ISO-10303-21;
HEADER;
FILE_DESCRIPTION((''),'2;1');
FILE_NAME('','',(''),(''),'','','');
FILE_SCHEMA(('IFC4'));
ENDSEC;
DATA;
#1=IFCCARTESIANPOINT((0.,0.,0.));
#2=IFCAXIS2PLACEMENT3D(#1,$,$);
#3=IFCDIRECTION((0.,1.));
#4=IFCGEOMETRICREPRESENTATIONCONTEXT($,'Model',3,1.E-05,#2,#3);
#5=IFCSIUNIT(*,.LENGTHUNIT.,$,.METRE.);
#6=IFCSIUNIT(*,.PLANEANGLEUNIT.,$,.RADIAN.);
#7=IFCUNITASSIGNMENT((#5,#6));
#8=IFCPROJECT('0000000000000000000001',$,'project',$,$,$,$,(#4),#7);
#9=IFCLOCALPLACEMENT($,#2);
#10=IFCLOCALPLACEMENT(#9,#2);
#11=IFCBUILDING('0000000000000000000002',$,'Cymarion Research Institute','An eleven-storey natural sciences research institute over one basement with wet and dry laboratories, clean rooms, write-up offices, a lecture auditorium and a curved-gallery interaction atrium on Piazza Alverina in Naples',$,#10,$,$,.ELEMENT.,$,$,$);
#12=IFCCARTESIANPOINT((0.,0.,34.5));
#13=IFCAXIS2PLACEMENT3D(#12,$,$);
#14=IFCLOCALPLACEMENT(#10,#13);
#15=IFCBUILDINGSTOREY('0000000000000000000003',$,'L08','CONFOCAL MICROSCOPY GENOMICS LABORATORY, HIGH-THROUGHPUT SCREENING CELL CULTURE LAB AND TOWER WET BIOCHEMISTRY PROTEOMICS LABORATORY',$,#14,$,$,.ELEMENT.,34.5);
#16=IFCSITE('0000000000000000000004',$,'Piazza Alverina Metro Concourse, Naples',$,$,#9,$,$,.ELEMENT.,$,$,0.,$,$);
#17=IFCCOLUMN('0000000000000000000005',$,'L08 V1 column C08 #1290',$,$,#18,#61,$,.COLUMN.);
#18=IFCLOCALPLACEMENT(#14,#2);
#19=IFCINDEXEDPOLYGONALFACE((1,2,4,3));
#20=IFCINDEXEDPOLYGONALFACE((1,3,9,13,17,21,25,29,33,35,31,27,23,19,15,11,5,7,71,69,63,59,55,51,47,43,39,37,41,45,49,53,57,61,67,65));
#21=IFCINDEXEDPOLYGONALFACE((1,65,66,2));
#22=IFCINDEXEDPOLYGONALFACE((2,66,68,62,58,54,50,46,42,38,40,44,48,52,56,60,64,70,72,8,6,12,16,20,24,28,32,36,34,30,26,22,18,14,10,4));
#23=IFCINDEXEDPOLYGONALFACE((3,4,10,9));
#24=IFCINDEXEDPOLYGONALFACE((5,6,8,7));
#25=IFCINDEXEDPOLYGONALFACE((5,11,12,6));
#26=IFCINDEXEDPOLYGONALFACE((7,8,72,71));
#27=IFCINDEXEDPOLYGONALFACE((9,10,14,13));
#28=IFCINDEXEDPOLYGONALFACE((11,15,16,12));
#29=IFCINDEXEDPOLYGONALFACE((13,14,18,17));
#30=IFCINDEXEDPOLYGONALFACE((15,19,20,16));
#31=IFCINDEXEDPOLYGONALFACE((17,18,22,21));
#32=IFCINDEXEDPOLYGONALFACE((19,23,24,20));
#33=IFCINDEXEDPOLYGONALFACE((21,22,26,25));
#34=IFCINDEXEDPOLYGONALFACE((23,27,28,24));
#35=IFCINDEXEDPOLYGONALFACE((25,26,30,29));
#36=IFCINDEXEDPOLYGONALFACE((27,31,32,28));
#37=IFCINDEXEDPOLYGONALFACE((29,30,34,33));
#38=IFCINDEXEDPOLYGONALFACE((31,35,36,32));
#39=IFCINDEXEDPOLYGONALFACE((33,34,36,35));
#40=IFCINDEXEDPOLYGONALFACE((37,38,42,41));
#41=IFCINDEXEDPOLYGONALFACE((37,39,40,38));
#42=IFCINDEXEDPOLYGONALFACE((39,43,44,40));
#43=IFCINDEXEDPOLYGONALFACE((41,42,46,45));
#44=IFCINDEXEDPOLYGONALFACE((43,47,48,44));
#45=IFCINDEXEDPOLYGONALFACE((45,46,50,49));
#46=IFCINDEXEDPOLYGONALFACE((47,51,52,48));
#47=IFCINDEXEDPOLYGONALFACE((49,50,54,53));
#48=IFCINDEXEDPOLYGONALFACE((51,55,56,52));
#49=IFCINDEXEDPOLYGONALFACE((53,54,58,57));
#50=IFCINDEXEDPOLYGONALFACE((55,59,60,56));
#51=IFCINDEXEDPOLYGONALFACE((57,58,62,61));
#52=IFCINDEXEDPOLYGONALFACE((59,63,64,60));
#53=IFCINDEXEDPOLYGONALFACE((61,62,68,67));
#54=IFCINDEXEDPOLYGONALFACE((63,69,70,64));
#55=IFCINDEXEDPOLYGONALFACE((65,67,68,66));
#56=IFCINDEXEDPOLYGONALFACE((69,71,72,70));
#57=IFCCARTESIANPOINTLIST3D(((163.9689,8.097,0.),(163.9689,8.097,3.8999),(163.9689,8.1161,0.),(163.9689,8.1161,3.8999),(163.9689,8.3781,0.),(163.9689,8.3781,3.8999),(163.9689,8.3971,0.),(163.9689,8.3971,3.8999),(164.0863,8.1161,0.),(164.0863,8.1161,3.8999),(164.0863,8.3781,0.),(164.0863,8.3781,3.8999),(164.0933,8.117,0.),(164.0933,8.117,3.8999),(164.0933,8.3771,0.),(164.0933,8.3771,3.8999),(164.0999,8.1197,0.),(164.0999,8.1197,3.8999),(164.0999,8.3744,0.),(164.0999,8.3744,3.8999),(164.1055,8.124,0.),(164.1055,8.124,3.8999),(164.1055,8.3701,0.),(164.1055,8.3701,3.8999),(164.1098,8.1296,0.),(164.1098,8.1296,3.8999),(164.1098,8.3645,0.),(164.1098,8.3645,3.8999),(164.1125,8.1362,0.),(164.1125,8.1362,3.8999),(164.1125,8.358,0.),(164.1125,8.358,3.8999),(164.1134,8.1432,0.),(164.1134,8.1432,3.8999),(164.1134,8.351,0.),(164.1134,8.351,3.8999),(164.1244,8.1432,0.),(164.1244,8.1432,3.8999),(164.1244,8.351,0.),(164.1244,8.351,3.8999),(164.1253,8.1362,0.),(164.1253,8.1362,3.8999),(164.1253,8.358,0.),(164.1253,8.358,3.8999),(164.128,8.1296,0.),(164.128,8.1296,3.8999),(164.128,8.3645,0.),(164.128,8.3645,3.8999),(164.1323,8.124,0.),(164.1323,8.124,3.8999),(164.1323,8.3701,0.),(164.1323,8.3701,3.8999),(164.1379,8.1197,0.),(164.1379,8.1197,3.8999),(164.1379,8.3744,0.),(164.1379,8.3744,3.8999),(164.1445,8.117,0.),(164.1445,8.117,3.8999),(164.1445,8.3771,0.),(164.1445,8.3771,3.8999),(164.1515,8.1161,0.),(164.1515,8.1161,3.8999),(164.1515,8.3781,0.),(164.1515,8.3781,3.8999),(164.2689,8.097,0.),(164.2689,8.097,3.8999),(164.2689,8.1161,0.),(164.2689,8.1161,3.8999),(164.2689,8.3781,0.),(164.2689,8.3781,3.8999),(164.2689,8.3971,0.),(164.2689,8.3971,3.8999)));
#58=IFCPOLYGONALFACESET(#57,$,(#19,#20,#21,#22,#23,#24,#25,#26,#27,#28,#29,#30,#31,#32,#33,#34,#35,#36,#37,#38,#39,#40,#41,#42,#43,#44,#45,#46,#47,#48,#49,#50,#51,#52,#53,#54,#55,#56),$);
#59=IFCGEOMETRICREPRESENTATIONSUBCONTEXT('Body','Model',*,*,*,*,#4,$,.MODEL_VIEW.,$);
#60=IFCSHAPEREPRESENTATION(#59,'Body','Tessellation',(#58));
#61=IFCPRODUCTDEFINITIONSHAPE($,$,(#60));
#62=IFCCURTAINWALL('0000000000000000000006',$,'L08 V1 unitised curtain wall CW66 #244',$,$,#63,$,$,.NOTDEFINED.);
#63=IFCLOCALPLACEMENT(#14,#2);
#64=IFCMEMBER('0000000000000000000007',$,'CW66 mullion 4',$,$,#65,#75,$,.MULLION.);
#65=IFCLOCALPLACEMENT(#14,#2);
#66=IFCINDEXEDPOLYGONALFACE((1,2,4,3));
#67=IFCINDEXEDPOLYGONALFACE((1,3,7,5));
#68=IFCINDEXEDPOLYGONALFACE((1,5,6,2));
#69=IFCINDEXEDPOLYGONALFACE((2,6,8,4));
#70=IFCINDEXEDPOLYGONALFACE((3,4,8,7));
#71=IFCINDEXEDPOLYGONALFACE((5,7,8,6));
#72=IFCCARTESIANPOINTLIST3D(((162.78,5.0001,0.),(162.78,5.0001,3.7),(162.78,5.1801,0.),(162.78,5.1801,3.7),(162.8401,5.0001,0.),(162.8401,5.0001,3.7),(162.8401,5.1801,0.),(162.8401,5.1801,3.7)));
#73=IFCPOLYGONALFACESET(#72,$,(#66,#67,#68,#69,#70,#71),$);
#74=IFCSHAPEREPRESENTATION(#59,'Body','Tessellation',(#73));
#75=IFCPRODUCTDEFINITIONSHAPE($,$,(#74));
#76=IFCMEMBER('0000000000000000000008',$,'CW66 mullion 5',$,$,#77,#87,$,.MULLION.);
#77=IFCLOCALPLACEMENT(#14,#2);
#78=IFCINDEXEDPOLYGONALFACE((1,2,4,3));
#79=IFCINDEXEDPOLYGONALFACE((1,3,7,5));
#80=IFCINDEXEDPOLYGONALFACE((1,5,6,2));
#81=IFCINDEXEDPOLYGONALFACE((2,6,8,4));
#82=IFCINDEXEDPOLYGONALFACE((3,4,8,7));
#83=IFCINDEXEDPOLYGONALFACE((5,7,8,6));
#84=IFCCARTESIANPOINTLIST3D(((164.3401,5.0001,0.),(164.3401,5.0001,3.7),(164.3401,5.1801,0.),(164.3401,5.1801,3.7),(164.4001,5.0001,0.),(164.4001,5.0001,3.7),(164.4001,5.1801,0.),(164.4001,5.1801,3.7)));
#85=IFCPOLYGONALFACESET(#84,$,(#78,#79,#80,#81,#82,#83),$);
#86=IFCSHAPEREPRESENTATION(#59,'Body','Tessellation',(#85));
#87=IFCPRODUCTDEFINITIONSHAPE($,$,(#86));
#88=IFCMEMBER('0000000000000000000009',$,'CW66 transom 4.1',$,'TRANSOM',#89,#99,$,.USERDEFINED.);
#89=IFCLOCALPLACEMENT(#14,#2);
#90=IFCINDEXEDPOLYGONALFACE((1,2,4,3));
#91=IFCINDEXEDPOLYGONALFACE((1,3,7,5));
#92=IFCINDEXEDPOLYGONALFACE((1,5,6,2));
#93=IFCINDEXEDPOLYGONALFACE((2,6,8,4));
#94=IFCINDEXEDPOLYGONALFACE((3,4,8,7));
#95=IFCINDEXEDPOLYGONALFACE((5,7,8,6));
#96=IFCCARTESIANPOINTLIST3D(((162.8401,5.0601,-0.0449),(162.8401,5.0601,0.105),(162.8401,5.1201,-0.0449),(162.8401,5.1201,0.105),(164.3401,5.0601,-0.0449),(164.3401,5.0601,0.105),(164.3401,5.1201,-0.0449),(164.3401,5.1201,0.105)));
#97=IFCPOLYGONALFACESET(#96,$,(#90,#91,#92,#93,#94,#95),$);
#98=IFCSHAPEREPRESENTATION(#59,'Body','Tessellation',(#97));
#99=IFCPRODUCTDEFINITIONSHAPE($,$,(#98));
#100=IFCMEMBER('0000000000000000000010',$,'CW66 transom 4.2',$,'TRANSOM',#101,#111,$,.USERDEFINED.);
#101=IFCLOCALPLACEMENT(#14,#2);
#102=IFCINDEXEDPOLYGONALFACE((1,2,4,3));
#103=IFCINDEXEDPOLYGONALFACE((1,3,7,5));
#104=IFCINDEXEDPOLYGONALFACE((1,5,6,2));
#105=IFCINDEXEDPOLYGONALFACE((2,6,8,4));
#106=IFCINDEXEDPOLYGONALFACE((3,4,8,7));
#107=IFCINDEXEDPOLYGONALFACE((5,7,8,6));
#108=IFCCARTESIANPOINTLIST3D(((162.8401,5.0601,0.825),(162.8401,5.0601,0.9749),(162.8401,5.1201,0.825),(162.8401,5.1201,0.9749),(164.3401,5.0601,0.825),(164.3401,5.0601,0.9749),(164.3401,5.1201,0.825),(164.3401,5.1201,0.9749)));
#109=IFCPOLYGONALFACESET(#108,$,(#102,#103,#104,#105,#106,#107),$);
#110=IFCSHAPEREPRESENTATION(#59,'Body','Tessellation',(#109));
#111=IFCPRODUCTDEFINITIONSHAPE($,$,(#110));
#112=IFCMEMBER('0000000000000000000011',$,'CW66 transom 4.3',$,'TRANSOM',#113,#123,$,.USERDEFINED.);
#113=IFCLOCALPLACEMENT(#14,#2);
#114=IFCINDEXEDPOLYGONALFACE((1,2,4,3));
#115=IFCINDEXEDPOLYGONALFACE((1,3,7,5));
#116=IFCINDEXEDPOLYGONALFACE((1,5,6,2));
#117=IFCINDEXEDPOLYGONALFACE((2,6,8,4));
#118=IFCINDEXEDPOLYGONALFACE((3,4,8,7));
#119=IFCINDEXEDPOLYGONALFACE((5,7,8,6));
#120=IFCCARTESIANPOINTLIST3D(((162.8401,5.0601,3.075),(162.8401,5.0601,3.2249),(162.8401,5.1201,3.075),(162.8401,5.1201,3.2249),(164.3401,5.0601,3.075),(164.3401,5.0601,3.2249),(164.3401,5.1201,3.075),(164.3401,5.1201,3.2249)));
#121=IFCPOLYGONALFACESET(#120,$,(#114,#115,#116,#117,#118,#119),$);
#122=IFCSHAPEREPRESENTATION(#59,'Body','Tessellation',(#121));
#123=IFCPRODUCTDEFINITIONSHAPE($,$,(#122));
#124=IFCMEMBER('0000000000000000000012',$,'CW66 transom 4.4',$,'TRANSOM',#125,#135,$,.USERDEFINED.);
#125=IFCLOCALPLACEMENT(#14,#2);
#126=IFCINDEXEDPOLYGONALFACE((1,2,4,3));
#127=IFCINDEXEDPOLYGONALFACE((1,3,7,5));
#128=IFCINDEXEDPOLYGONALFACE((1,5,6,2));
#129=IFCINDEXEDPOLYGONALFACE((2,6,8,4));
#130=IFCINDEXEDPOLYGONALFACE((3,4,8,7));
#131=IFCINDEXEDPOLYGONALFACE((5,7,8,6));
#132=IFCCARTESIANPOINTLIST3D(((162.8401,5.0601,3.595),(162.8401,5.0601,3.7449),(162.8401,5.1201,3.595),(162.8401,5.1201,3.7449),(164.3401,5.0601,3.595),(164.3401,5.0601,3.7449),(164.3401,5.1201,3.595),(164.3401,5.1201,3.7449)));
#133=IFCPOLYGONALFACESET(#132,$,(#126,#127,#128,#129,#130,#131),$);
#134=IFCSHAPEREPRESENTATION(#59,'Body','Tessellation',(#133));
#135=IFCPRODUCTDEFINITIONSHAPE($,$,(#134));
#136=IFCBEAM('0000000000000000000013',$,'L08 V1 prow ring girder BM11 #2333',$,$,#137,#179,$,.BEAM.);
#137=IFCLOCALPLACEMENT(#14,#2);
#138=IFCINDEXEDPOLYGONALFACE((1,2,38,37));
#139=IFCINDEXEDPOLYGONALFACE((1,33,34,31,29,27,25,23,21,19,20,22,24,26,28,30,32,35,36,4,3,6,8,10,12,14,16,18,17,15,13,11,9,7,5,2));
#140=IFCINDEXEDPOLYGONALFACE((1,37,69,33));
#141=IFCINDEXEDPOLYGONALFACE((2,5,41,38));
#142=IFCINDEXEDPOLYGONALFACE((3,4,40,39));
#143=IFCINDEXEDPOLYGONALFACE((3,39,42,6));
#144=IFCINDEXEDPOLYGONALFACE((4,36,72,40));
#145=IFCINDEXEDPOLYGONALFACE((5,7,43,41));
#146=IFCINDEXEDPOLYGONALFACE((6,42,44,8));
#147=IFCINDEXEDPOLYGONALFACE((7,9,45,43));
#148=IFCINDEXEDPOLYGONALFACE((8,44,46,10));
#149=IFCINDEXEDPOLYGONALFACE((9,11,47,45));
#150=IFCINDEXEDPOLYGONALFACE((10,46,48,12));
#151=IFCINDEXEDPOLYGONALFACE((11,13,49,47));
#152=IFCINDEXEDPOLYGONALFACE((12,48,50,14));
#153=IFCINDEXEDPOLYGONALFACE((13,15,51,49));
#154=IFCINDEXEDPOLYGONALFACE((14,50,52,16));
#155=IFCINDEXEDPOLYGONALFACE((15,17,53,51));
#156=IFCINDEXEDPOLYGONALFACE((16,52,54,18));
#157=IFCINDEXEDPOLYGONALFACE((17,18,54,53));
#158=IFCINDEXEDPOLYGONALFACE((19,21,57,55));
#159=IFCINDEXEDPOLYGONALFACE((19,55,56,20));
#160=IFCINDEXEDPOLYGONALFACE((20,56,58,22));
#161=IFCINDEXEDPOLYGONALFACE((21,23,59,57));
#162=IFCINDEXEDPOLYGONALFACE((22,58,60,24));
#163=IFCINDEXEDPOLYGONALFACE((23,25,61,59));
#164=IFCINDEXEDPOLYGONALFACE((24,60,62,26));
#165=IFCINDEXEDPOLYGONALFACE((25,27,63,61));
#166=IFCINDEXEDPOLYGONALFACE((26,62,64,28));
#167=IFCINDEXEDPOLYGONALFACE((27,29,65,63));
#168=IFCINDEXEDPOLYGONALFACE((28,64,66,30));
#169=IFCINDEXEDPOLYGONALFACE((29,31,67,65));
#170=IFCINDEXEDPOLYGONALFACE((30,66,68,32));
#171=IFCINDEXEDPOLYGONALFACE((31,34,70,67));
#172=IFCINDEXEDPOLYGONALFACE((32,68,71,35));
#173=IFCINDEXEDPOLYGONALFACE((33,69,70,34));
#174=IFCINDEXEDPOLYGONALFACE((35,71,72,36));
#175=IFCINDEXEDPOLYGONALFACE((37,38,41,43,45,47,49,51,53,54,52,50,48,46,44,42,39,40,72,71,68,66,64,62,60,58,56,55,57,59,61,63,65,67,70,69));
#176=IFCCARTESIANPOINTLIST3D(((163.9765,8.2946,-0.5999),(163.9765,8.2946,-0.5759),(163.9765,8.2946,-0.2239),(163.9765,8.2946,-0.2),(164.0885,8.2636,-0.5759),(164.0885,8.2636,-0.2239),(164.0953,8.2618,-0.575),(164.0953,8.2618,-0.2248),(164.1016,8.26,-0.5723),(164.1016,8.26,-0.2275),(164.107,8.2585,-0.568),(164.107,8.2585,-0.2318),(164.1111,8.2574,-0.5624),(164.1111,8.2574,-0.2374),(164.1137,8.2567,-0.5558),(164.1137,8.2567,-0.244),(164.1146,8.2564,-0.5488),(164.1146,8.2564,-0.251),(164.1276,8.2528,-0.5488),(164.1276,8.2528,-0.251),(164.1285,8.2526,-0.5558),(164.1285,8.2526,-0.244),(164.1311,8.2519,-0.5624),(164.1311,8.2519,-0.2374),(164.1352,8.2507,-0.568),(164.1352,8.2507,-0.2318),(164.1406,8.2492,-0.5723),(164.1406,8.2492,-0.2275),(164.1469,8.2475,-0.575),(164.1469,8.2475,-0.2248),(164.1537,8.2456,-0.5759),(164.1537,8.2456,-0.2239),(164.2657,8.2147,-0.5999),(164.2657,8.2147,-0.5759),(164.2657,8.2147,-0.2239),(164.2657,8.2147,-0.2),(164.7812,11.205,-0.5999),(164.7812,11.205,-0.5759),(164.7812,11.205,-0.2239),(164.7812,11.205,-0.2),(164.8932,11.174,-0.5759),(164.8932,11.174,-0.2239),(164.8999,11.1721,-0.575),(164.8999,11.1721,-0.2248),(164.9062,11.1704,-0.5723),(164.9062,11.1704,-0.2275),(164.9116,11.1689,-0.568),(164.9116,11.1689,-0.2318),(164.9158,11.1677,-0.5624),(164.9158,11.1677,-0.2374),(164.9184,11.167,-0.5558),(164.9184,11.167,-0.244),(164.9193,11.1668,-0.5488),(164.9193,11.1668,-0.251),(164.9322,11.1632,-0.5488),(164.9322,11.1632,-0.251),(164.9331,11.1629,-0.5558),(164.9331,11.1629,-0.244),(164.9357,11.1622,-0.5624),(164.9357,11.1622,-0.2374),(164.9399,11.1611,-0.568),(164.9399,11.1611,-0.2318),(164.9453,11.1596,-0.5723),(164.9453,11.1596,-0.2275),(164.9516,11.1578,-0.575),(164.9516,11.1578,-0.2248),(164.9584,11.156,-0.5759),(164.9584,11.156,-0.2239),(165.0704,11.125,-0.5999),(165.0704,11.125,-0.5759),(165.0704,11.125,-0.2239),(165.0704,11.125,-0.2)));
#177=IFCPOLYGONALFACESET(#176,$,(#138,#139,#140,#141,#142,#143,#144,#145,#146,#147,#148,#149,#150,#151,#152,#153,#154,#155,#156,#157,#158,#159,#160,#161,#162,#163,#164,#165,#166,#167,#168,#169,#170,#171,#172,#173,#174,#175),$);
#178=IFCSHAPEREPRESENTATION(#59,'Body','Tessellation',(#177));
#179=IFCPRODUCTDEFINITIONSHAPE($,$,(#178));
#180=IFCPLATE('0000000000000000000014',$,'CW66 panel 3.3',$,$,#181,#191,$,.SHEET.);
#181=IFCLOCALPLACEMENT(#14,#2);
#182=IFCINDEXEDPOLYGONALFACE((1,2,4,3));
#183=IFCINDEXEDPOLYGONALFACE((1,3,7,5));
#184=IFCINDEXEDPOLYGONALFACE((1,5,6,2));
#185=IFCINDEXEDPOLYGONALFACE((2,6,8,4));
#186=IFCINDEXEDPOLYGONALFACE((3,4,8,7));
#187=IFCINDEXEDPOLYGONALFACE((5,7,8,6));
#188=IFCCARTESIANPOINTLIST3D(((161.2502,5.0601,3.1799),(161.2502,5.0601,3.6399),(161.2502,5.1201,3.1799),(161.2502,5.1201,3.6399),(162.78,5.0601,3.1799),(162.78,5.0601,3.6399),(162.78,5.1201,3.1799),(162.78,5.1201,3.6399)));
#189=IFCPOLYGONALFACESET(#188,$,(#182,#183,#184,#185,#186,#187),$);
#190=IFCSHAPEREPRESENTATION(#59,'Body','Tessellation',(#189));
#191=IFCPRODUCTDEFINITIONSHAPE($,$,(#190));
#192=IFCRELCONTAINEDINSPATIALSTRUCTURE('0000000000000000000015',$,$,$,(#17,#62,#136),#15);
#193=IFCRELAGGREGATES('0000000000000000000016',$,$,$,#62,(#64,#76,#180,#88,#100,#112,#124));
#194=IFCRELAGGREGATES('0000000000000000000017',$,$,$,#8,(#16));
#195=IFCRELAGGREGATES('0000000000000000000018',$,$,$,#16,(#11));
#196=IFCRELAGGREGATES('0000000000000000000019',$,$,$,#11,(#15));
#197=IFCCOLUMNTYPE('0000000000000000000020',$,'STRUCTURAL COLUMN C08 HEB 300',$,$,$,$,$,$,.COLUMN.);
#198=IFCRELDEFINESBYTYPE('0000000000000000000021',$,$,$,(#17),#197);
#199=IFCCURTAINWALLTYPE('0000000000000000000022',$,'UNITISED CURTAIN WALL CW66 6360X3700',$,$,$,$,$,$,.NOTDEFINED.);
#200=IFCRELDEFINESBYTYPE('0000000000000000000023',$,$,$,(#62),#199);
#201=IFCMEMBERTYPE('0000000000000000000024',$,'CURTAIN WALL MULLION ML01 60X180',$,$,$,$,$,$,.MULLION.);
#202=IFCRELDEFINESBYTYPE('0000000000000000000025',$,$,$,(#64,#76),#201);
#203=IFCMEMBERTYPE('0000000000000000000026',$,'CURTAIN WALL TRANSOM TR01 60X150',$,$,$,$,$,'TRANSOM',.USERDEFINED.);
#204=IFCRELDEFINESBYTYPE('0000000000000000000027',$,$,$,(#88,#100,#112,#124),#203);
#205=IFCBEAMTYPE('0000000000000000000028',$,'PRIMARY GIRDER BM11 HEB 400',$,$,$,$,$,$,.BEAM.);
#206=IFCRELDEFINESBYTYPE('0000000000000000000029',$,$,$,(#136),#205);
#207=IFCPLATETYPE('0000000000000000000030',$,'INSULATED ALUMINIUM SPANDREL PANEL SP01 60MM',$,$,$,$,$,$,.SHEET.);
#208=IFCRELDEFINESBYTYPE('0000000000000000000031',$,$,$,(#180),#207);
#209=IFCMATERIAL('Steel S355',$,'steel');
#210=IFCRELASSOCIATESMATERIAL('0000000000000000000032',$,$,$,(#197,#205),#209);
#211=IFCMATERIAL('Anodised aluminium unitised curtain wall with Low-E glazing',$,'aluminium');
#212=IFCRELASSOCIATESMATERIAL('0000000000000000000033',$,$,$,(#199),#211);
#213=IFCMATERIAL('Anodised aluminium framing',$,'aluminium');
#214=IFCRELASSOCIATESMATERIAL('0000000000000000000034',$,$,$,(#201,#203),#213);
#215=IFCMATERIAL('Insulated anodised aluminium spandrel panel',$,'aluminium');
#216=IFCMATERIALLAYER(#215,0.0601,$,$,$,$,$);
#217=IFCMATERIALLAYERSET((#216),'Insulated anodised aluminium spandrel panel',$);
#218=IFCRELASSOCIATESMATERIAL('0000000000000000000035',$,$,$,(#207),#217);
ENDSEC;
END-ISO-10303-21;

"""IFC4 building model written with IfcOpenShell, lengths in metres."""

from ifc_helpers import new_model, si_unit, direction, frame, origin, origin_2d, place, context, subcontext, project, spatial, rectangle, i_section, extrude, material, layer, layer_set, material_profile, profile_set, type_object, element, aggregate, save


model = new_model("IFC4")

# Units and contexts
model_context = context("Model", 3, precision=1e-05, world=origin(), true_north=direction((0.0, 1.0)))
body_context = subcontext(model_context, "Body", "Model", "MODEL_VIEW")
ifc_project = project(units=[si_unit("LENGTHUNIT", "METRE"), si_unit("PLANEANGLEUNIT", "RADIAN")], contexts=[model_context])

# Site, building, storey
site_placement = place(None, origin())
site = spatial("IfcSite", under=ifc_project, at=site_placement, Name="Piazza Alverina Metro Concourse, Naples", CompositionType="ELEMENT", RefElevation=0.0)
building_placement = place(site_placement, origin())
building = spatial("IfcBuilding", under=site, at=building_placement, Name="Cymarion Research Institute", Description="An eleven-storey natural sciences research institute over one basement with wet and dry laboratories, clean rooms, write-up offices, a lecture auditorium and a curved-gallery interaction atrium on Piazza Alverina in Naples", CompositionType="ELEMENT")
storey_placement = place(building_placement, frame((0.0, 0.0, 34.5)))
storey = spatial("IfcBuildingStorey", under=building, at=storey_placement, Name="L08", Description="CONFOCAL MICROSCOPY GENOMICS LABORATORY, HIGH-THROUGHPUT SCREENING CELL CULTURE LAB AND TOWER WET BIOCHEMISTRY PROTEOMICS LABORATORY", CompositionType="ELEMENT", Elevation=34.5)

# Column
ifc_material_1 = material(Name="Steel S355", Category="steel")
ifc_material_profile_1 = material_profile(ifc_material_1, i_section(OverallWidth=0.3, OverallDepth=0.3, WebThickness=0.011, FlangeThickness=0.019, FilletRadius=0.0271, at=origin_2d()), Name="HEB 300")
ifc_profile_set_1 = profile_set([ifc_material_profile_1], Name="Steel S355")
column_type = type_object("IfcColumnType", Name="STRUCTURAL COLUMN C08 HEB 300", PredefinedType="COLUMN", material=ifc_profile_set_1)
column_placement = place(storey_placement, frame((164.1189, 8.2471, 0.0), z_axis=(0.0, 0.0, 1.0), x_axis=(1.0, 0.0, 0.0)))
element("IfcColumn", 1, at=column_placement, inside=storey, type_object=column_type, Name="L08 V1 column C08 #1290", PredefinedType="COLUMN", context=body_context, shape_type="SweptSolid", body=[
    extrude(i_section(OverallWidth=0.3, OverallDepth=0.3, WebThickness=0.011, FlangeThickness=0.019, FilletRadius=0.0271, at=origin_2d()), origin(), (0.0, 0.0, 1.0), 3.8999),
])

# Curtain wall, members
ifc_material_2 = material(Name="Anodised aluminium unitised curtain wall with Low-E glazing", Category="aluminium")
curtain_wall_type = type_object("IfcCurtainWallType", Name="UNITISED CURTAIN WALL CW66 6360X3700", PredefinedType="NOTDEFINED", material=ifc_material_2)
curtain_wall_placement = place(storey_placement, origin())
curtain_wall = element("IfcCurtainWall", 2, at=curtain_wall_placement, inside=storey, type_object=curtain_wall_type, Name="L08 V1 unitised curtain wall CW66 #244", PredefinedType="NOTDEFINED")
ifc_material_3 = material(Name="Anodised aluminium framing", Category="aluminium")
ifc_material_profile_2 = material_profile(ifc_material_3, rectangle(XDim=0.0601, YDim=0.1799, at=origin_2d()), Name="ALU MULLION 60x180")
ifc_profile_set_2 = profile_set([ifc_material_profile_2], Name="Anodised aluminium framing")
member_type_1 = type_object("IfcMemberType", Name="CURTAIN WALL MULLION ML01 60X180", PredefinedType="MULLION", material=ifc_profile_set_2)
member_1_placement = place(storey_placement, frame((162.8101, 5.0901, 0.0), z_axis=(0.0, 0.0, 1.0), x_axis=(1.0, 0.0, 0.0)))
member_1 = element("IfcMember", 3, at=member_1_placement, type_object=member_type_1, Name="CW66 mullion 4", PredefinedType="MULLION", context=body_context, shape_type="SweptSolid", body=[
    extrude(rectangle(XDim=0.0601, YDim=0.1799, at=origin_2d()), origin(), (0.0, 0.0, 1.0), 3.7),
])
member_2_placement = place(storey_placement, frame((164.3701, 5.0901, 0.0), z_axis=(0.0, 0.0, 1.0), x_axis=(1.0, 0.0, 0.0)))
member_2 = element("IfcMember", 4, at=member_2_placement, type_object=member_type_1, Name="CW66 mullion 5", PredefinedType="MULLION", context=body_context, shape_type="SweptSolid", body=[
    extrude(rectangle(XDim=0.0601, YDim=0.1799, at=origin_2d()), origin(), (0.0, 0.0, 1.0), 3.7),
])
ifc_material_profile_3 = material_profile(ifc_material_3, rectangle(XDim=0.0601, YDim=0.1499, at=origin_2d()), Name="ALU TRANSOM 60x150")
ifc_profile_set_3 = profile_set([ifc_material_profile_3], Name="Anodised aluminium framing")
member_type_2 = type_object("IfcMemberType", Name="CURTAIN WALL TRANSOM TR01 60X150", ElementType="TRANSOM", PredefinedType="USERDEFINED", material=ifc_profile_set_3)
member_3_placement = place(storey_placement, frame((162.8401, 5.0901, 0.03), z_axis=(1.0, 0.0, 0.0), x_axis=(0.0, 1.0, 0.0)))
member_3 = element("IfcMember", 5, at=member_3_placement, type_object=member_type_2, Name="CW66 transom 4.1", ObjectType="TRANSOM", PredefinedType="USERDEFINED", context=body_context, shape_type="SweptSolid", body=[
    extrude(rectangle(XDim=0.0601, YDim=0.1499, at=origin_2d()), origin(), (0.0, 0.0, 1.0), 1.5),
])
member_4_placement = place(storey_placement, frame((162.8401, 5.0901, 0.8999), z_axis=(1.0, 0.0, 0.0), x_axis=(0.0, 1.0, 0.0)))
member_4 = element("IfcMember", 6, at=member_4_placement, type_object=member_type_2, Name="CW66 transom 4.2", ObjectType="TRANSOM", PredefinedType="USERDEFINED", context=body_context, shape_type="SweptSolid", body=[
    extrude(rectangle(XDim=0.0601, YDim=0.1499, at=origin_2d()), origin(), (0.0, 0.0, 1.0), 1.5),
])
member_5_placement = place(storey_placement, frame((162.8401, 5.0901, 3.1499), z_axis=(1.0, 0.0, 0.0), x_axis=(0.0, 1.0, 0.0)))
member_5 = element("IfcMember", 7, at=member_5_placement, type_object=member_type_2, Name="CW66 transom 4.3", ObjectType="TRANSOM", PredefinedType="USERDEFINED", context=body_context, shape_type="SweptSolid", body=[
    extrude(rectangle(XDim=0.0601, YDim=0.1499, at=origin_2d()), origin(), (0.0, 0.0, 1.0), 1.5),
])
member_6_placement = place(storey_placement, frame((162.8401, 5.0901, 3.6699), z_axis=(1.0, 0.0, 0.0), x_axis=(0.0, 1.0, 0.0)))
member_6 = element("IfcMember", 8, at=member_6_placement, type_object=member_type_2, Name="CW66 transom 4.4", ObjectType="TRANSOM", PredefinedType="USERDEFINED", context=body_context, shape_type="SweptSolid", body=[
    extrude(rectangle(XDim=0.0601, YDim=0.1499, at=origin_2d()), origin(), (0.0, 0.0, 1.0), 1.5),
])

# Beam
ifc_material_profile_4 = material_profile(ifc_material_1, i_section(OverallWidth=0.3, OverallDepth=0.3999, WebThickness=0.0134, FlangeThickness=0.0239, FilletRadius=0.0271, at=origin_2d()), Name="HEB 400")
ifc_profile_set_4 = profile_set([ifc_material_profile_4], Name="Steel S355")
beam_type = type_object("IfcBeamType", Name="PRIMARY GIRDER BM11 HEB 400", PredefinedType="BEAM", material=ifc_profile_set_4)
beam_placement = place(storey_placement, frame((164.1211, 8.2546, -0.3999), z_axis=(0.266489, 0.963838, 0.0), x_axis=(-0.963838, 0.266489, 0.0)))
element("IfcBeam", 9, at=beam_placement, inside=storey, type_object=beam_type, Name="L08 V1 prow ring girder BM11 #2333", PredefinedType="BEAM", context=body_context, shape_type="SweptSolid", body=[
    extrude(i_section(OverallWidth=0.3, OverallDepth=0.3999, WebThickness=0.0134, FlangeThickness=0.0239, FilletRadius=0.0271, at=origin_2d()), origin(), (0.0, 0.0, 1.0), 3.0195),
])

# Plate
ifc_material_4 = material(Name="Insulated anodised aluminium spandrel panel", Category="aluminium")
ifc_layer_1 = layer(ifc_material_4, 0.0601)
ifc_layer_set_1 = layer_set([ifc_layer_1], Name="Insulated anodised aluminium spandrel panel")
plate_type_1 = type_object("IfcPlateType", Name="INSULATED ALUMINIUM SPANDREL PANEL SP01 60MM", PredefinedType="SHEET", material=ifc_layer_set_1)
plate_1_placement = place(storey_placement, frame((162.0151, 5.0901, 3.1799), z_axis=(0.0, 0.0, 1.0), x_axis=(1.0, 0.0, 0.0)))
plate_1 = element("IfcPlate", 10, at=plate_1_placement, type_object=plate_type_1, Name="CW66 panel 3.3", PredefinedType="SHEET", context=body_context, shape_type="SweptSolid", body=[
    extrude(rectangle(XDim=1.5298, YDim=0.0601, at=origin_2d()), origin(), (0.0, 0.0, 1.0), 0.46),
])
aggregate(curtain_wall, [member_1, member_2, plate_1, member_3, member_4, member_5, member_6])

save(model, "model.ifc")
